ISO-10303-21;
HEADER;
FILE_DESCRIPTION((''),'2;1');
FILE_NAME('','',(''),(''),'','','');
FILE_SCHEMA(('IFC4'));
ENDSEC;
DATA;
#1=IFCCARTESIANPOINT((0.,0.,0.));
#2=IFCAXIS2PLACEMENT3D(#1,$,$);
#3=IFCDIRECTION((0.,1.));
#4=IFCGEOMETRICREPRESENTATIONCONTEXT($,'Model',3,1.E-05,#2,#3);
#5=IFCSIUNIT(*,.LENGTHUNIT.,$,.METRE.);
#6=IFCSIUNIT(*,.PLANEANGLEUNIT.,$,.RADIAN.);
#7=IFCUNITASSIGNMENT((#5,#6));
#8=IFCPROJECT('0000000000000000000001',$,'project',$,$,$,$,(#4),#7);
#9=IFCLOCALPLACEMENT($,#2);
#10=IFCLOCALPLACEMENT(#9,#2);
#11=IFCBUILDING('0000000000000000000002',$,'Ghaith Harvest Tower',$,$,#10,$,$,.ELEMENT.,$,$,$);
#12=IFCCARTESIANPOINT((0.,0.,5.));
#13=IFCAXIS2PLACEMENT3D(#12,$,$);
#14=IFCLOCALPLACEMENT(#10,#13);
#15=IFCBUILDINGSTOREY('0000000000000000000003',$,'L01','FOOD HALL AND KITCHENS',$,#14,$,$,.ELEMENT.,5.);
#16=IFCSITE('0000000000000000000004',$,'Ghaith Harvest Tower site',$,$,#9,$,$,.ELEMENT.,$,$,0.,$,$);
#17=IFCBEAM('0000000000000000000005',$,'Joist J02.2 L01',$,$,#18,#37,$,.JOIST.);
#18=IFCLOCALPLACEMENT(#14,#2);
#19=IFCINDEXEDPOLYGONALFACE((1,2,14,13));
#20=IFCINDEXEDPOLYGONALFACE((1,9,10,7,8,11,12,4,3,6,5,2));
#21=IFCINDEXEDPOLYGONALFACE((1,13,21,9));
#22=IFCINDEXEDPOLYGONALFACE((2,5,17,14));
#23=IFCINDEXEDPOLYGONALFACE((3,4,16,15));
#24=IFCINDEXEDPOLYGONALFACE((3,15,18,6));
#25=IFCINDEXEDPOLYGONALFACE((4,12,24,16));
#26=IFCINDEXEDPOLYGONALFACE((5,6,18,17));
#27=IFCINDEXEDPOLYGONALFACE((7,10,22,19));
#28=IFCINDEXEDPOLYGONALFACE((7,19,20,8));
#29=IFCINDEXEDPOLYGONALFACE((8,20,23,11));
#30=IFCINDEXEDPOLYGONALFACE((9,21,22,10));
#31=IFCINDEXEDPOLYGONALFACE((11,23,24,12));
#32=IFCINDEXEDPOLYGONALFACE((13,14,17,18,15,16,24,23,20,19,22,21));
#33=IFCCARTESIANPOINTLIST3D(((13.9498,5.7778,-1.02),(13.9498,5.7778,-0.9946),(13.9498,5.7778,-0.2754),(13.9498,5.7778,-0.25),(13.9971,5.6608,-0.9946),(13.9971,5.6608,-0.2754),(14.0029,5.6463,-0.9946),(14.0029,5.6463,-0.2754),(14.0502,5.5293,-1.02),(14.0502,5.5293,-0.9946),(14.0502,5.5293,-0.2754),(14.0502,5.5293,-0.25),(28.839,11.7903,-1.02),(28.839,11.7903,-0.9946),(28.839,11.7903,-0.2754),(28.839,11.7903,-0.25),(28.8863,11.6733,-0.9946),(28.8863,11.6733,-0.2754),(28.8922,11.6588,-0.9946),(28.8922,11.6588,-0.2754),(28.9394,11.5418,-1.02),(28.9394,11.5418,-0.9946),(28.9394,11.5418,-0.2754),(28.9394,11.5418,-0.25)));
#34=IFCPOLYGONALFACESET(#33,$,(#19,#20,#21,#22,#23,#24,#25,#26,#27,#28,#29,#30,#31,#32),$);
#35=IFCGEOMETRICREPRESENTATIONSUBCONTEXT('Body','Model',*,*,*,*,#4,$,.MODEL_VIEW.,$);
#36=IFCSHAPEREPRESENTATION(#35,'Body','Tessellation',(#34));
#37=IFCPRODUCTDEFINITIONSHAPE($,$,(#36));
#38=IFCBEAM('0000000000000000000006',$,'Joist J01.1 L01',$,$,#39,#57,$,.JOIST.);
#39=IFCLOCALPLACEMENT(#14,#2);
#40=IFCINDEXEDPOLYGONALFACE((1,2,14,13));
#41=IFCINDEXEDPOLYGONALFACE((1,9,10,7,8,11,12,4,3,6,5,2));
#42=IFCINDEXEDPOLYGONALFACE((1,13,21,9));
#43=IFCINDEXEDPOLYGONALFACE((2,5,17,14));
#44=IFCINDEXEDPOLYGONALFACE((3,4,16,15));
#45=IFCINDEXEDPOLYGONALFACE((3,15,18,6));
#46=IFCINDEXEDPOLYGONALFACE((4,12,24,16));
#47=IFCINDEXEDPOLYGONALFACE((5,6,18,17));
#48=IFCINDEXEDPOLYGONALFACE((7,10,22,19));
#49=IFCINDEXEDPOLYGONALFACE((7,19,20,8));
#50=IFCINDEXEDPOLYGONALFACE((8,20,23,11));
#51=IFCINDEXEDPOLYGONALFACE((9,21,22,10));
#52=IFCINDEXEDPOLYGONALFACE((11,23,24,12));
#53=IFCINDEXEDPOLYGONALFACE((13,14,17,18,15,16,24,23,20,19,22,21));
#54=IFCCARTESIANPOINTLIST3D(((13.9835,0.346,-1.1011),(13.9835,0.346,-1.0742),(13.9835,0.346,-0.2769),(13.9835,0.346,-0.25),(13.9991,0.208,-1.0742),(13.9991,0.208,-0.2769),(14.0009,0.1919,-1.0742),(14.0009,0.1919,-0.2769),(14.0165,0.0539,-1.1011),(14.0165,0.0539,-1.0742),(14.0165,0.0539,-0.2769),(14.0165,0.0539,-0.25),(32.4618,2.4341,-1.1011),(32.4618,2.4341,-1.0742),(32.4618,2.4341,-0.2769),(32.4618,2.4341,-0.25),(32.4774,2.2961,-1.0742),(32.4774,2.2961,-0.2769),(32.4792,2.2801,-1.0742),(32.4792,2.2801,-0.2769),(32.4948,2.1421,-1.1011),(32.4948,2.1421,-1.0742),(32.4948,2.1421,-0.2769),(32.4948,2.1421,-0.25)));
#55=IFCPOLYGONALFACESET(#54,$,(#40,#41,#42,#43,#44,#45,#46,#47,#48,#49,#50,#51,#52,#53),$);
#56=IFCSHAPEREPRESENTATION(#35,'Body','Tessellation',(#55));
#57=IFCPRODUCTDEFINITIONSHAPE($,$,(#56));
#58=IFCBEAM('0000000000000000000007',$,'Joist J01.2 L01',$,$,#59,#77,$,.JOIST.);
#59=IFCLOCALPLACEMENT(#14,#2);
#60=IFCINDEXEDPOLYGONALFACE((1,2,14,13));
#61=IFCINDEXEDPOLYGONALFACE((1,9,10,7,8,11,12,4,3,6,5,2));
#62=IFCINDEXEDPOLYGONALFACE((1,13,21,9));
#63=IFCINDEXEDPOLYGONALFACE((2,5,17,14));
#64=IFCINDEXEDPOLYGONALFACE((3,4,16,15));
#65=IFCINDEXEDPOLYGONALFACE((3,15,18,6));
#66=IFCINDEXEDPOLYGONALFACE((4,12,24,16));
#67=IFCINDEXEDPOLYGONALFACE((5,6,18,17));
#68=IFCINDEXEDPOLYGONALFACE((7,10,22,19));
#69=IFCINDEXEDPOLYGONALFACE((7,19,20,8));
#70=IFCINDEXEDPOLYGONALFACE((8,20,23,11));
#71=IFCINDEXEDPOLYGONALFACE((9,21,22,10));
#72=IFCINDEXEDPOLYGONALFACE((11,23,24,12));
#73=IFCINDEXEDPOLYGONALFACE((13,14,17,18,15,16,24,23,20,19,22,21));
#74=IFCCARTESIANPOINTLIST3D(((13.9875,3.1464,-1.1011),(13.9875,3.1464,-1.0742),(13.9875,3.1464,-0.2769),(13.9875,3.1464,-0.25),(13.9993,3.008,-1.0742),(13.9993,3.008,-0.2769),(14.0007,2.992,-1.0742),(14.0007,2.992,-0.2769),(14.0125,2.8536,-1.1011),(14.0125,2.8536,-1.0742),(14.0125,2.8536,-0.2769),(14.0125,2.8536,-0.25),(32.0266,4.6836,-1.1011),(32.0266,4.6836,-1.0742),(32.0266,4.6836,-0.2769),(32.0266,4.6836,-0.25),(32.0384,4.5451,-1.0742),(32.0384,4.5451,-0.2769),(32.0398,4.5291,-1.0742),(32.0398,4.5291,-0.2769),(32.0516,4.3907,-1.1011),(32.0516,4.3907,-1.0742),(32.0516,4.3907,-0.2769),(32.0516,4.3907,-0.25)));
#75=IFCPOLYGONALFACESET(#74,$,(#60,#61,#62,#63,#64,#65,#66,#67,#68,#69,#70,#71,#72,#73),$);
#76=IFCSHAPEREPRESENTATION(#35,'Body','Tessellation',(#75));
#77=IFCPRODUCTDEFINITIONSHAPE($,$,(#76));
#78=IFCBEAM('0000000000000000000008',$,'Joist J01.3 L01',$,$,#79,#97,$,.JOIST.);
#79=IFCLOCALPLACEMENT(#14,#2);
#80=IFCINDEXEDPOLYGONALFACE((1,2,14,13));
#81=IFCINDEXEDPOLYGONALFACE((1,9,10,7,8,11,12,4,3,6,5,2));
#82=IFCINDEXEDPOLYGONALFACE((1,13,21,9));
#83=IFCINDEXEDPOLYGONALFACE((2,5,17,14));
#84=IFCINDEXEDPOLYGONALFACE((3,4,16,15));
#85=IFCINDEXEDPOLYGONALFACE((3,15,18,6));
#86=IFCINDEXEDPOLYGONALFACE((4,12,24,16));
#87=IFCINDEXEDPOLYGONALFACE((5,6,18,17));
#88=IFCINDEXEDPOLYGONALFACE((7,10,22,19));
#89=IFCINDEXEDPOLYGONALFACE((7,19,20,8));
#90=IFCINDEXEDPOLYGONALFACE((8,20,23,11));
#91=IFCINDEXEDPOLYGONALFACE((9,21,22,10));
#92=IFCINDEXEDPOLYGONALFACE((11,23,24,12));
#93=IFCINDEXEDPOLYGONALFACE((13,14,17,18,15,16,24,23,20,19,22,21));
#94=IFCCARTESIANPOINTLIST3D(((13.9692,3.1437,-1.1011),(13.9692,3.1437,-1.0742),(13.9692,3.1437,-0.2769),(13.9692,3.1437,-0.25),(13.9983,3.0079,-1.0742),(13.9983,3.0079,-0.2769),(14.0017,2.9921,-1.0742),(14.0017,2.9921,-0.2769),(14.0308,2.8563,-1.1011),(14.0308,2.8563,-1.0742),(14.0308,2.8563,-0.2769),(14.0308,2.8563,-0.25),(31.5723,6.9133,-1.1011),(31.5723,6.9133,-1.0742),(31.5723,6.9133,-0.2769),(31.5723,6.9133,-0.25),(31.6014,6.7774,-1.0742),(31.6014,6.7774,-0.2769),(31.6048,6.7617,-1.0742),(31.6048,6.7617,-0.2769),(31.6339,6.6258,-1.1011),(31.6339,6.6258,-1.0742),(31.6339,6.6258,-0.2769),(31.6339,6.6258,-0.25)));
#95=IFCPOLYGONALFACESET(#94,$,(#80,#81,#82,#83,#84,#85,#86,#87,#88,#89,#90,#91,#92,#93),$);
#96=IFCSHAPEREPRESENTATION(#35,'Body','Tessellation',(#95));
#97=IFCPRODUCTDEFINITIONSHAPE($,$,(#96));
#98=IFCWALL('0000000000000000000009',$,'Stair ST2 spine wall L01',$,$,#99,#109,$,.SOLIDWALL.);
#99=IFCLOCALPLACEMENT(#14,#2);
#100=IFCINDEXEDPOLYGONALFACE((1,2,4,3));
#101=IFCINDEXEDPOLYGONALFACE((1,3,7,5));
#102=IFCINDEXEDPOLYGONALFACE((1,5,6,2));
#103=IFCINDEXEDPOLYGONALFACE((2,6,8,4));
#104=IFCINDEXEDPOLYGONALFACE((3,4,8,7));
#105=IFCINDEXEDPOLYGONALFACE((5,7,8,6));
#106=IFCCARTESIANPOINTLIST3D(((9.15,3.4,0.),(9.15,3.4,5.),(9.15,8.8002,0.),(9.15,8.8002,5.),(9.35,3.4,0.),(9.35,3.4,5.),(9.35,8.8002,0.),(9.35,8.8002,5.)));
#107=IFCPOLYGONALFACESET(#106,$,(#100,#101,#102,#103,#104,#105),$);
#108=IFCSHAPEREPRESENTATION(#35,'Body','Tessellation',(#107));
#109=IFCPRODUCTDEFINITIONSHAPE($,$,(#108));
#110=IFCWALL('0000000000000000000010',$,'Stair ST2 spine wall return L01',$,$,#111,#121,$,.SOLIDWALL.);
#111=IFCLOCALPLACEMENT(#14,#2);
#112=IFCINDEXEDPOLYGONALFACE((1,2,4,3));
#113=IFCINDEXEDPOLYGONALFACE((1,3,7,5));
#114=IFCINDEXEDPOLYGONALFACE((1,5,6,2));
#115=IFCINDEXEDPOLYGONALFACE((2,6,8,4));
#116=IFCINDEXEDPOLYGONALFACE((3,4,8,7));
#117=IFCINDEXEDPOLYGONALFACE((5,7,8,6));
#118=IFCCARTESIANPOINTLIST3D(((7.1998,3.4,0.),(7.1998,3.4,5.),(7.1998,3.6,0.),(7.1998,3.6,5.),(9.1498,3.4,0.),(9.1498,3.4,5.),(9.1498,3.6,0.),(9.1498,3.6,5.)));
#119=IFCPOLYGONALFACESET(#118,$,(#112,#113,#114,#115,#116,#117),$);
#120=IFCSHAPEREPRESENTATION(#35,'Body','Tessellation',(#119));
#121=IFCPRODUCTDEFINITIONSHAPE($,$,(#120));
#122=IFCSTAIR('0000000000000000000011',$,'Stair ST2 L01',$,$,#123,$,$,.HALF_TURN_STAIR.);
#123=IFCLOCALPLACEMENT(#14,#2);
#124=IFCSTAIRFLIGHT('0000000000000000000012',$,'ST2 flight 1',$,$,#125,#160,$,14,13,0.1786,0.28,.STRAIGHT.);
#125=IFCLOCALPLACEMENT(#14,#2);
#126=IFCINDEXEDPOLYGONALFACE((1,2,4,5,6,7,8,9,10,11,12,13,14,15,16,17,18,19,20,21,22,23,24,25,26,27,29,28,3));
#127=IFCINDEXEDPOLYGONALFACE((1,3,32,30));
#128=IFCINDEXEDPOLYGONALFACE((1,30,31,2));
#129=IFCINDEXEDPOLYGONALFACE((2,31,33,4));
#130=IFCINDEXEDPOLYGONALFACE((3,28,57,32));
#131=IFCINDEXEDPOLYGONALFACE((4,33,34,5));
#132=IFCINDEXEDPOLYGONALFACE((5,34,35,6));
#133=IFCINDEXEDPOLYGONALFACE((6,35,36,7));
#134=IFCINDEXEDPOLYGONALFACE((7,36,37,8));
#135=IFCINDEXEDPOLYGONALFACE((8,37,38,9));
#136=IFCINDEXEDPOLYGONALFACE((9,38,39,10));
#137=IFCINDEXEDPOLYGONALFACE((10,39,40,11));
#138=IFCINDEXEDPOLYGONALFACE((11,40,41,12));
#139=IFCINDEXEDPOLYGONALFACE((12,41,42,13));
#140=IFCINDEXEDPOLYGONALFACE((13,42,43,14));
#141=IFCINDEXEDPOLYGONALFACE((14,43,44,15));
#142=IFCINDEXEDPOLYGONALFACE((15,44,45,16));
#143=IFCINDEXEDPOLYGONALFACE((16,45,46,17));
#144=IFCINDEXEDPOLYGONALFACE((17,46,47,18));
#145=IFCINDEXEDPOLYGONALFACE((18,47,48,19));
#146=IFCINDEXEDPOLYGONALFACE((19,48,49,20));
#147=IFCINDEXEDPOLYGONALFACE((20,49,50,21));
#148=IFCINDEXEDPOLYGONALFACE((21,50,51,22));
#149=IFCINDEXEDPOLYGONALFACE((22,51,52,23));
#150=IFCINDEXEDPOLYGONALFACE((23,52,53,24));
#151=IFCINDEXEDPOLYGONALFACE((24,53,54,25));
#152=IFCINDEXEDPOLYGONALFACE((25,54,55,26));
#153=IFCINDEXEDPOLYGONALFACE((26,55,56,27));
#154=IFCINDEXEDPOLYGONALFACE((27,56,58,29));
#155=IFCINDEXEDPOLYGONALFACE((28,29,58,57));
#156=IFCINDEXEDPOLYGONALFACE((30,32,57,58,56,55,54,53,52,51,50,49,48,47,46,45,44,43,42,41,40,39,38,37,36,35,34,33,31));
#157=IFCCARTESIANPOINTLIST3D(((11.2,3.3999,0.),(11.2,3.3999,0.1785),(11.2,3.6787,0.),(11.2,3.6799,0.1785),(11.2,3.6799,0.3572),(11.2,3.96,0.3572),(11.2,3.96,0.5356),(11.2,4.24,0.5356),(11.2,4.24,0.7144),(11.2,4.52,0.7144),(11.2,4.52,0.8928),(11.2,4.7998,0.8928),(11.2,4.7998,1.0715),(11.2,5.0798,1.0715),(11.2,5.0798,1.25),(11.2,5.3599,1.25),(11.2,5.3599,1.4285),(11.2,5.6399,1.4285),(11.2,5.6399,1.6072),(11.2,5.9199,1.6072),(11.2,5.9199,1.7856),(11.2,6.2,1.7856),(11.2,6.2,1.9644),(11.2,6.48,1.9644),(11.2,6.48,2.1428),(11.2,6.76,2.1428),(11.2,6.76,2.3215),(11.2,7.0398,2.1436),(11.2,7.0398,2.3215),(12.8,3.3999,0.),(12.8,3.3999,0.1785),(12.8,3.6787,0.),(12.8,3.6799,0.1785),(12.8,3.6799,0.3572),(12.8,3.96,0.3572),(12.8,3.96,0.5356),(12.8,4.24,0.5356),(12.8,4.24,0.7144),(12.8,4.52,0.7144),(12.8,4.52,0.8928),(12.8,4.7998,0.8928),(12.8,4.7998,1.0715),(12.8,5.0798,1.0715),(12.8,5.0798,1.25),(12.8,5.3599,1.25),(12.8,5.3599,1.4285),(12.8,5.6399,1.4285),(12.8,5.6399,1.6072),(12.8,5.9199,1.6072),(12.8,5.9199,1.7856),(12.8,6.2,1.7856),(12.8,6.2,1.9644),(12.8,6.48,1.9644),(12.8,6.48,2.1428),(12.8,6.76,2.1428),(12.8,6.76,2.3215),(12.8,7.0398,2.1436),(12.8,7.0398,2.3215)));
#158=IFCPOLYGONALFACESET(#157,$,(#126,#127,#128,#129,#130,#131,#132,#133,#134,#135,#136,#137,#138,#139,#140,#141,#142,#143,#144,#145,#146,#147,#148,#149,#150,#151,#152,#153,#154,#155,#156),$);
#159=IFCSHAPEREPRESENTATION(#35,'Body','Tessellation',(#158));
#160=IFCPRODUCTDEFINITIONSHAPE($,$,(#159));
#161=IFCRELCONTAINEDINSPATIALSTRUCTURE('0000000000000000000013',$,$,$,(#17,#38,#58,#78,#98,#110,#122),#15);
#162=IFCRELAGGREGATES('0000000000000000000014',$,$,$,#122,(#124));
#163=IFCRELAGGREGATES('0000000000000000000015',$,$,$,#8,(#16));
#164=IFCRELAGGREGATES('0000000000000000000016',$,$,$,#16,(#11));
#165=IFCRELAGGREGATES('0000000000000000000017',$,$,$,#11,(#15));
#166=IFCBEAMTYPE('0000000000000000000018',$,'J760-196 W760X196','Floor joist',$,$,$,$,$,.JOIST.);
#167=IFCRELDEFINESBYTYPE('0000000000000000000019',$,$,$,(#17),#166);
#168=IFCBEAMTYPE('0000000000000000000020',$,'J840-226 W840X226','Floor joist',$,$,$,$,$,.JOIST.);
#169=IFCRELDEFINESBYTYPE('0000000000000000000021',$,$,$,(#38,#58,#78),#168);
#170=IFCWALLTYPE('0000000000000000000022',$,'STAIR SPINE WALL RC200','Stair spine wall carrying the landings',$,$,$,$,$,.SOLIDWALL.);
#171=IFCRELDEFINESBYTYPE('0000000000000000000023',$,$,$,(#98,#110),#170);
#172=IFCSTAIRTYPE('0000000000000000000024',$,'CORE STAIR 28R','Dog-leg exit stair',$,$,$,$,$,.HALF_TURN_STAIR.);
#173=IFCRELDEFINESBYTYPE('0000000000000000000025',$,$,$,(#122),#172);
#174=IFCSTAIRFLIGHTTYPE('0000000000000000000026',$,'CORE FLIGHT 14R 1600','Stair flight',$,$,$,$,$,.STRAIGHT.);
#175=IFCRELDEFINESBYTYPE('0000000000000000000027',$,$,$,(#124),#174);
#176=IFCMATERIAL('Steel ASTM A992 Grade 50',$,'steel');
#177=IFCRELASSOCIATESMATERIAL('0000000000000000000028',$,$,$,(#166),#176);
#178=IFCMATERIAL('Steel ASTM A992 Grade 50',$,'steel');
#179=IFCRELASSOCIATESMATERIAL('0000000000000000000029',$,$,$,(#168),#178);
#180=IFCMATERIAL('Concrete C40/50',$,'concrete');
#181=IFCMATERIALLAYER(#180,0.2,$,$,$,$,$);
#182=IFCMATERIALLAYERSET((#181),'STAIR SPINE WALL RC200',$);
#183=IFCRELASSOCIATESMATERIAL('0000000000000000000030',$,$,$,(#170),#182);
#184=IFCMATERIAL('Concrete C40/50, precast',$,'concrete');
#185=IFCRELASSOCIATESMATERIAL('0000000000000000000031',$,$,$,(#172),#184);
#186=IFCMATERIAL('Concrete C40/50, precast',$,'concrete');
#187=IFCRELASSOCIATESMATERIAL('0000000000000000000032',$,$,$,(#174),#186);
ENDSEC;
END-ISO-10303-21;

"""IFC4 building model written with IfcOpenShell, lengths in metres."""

from ifc_helpers import new_model, si_unit, direction, frame, frame_2d, origin, origin_2d, place, context, subcontext, project, spatial, polyline, rectangle, i_section, outline, extrude, material, layer, layer_set, material_profile, profile_set, type_object, element, aggregate, save


model = new_model("IFC4")

# Units and contexts
model_context = context("Model", 3, precision=1e-05, world=origin(), true_north=direction((0.0, 1.0)))
body_context = subcontext(model_context, "Body", "Model", "MODEL_VIEW")
ifc_project = project(units=[si_unit("LENGTHUNIT", "METRE"), si_unit("PLANEANGLEUNIT", "RADIAN")], contexts=[model_context])

# Site, building, storey
site_placement = place(None, origin())
site = spatial("IfcSite", under=ifc_project, at=site_placement, Name="Ghaith Harvest Tower site", CompositionType="ELEMENT", RefElevation=0.0)
building_placement = place(site_placement, origin())
building = spatial("IfcBuilding", under=site, at=building_placement, Name="Ghaith Harvest Tower", CompositionType="ELEMENT")
storey_placement = place(building_placement, frame((0.0, 0.0, 5.0)))
storey = spatial("IfcBuildingStorey", under=building, at=storey_placement, Name="L01", Description="FOOD HALL AND KITCHENS", CompositionType="ELEMENT", Elevation=5.0)

# Beams
ifc_material_1 = material(Name="Steel ASTM A992 Grade 50", Category="steel")
ifc_material_profile_1 = material_profile(ifc_material_1, i_section(OverallWidth=0.2681, OverallDepth=0.77, WebThickness=0.0156, FlangeThickness=0.0254, at=origin_2d()), Name="W760X196")
ifc_profile_set_1 = profile_set([ifc_material_profile_1], Name="Steel ASTM A992 Grade 50")
beam_type_1 = type_object("IfcBeamType", Name="J760-196 W760X196", Description="Floor joist", PredefinedType="JOIST", material=ifc_profile_set_1)
beam_1_placement = place(storey_placement, frame((14.0, 5.6536, -0.635), z_axis=(0.927252, 0.374437, 0.0), x_axis=(-0.374437, 0.927252, 0.0)))
element("IfcBeam", 1, at=beam_1_placement, inside=storey, type_object=beam_type_1, Name="Joist J02.2 L01", PredefinedType="JOIST", context=body_context, shape_type="SweptSolid", body=[
    extrude(i_section(OverallWidth=0.2681, OverallDepth=0.77, WebThickness=0.0156, FlangeThickness=0.0254, at=origin_2d()), origin(), (0.0, 0.0, 1.0), 16.0574),
])
ifc_material_2 = material(Name="Steel ASTM A992 Grade 50", Category="steel")
ifc_material_profile_2 = material_profile(ifc_material_2, i_section(OverallWidth=0.2939, OverallDepth=0.8511, WebThickness=0.0161, FlangeThickness=0.0269, at=origin_2d()), Name="W840X226")
ifc_profile_set_2 = profile_set([ifc_material_profile_2], Name="Steel ASTM A992 Grade 50")
beam_type_2 = type_object("IfcBeamType", Name="J840-226 W840X226", Description="Floor joist", PredefinedType="JOIST", material=ifc_profile_set_2)
beam_2_placement = place(storey_placement, frame((14.0, 0.2, -0.6755), z_axis=(0.993675, 0.11229, 0.0), x_axis=(-0.11229, 0.993675, 0.0)))
element("IfcBeam", 2, at=beam_2_placement, inside=storey, type_object=beam_type_2, Name="Joist J01.1 L01", PredefinedType="JOIST", context=body_context, shape_type="SweptSolid", body=[
    extrude(i_section(OverallWidth=0.2939, OverallDepth=0.8511, WebThickness=0.0161, FlangeThickness=0.0269, at=origin_2d()), origin(), (0.0, 0.0, 1.0), 18.5959),
])
beam_3_placement = place(storey_placement, frame((14.0, 3.0, -0.6755), z_axis=(0.996389, 0.084902, 0.0), x_axis=(-0.084902, 0.996389, 0.0)))
element("IfcBeam", 3, at=beam_3_placement, inside=storey, type_object=beam_type_2, Name="Joist J01.2 L01", PredefinedType="JOIST", context=body_context, shape_type="SweptSolid", body=[
    extrude(i_section(OverallWidth=0.2939, OverallDepth=0.8511, WebThickness=0.0161, FlangeThickness=0.0269, at=origin_2d()), origin(), (0.0, 0.0, 1.0), 18.1045),
])
beam_4_placement = place(storey_placement, frame((14.0, 3.0, -0.6755), z_axis=(0.977831, 0.209394, 0.0), x_axis=(-0.209394, 0.977831, 0.0)))
element("IfcBeam", 4, at=beam_4_placement, inside=storey, type_object=beam_type_2, Name="Joist J01.3 L01", PredefinedType="JOIST", context=body_context, shape_type="SweptSolid", body=[
    extrude(i_section(OverallWidth=0.2939, OverallDepth=0.8511, WebThickness=0.0161, FlangeThickness=0.0269, at=origin_2d()), origin(), (0.0, 0.0, 1.0), 18.0022),
])

# Walls
ifc_material_3 = material(Name="Concrete C40/50", Category="concrete")
ifc_layer_1 = layer(ifc_material_3, 0.2)
ifc_layer_set_1 = layer_set([ifc_layer_1], Name="STAIR SPINE WALL RC200")
wall_type_1 = type_object("IfcWallType", Name="STAIR SPINE WALL RC200", Description="Stair spine wall carrying the landings", PredefinedType="SOLIDWALL", material=ifc_layer_set_1)
wall_1_placement = place(storey_placement, frame((9.25, 3.3999, 0.0), z_axis=(0.0, 0.0, 1.0), x_axis=(0.0, 1.0, 0.0)))
element("IfcWall", 5, at=wall_1_placement, inside=storey, type_object=wall_type_1, Name="Stair ST2 spine wall L01", PredefinedType="SOLIDWALL", context=body_context, shape_type="SweptSolid", body=[
    extrude(rectangle(XDim=5.4001, YDim=0.2, at=frame_2d((2.7002, 0.0))), origin(), (0.0, 0.0, 1.0), 5.0),
])
wall_2_placement = place(storey_placement, frame((9.1499, 3.5, 0.0), z_axis=(0.0, 0.0, 1.0), x_axis=(-1.0, 0.0, 0.0)))
element("IfcWall", 6, at=wall_2_placement, inside=storey, type_object=wall_type_1, Name="Stair ST2 spine wall return L01", PredefinedType="SOLIDWALL", context=body_context, shape_type="SweptSolid", body=[
    extrude(rectangle(XDim=1.95, YDim=0.2, at=frame_2d((0.9751, 0.0))), origin(), (0.0, 0.0, 1.0), 5.0),
])

# Stair, stair flight
ifc_material_4 = material(Name="Concrete C40/50, precast", Category="concrete")
stair_type = type_object("IfcStairType", Name="CORE STAIR 28R", Description="Dog-leg exit stair", PredefinedType="HALF_TURN_STAIR", material=ifc_material_4)
stair_placement = place(storey_placement, origin())
stair = element("IfcStair", 7, at=stair_placement, inside=storey, type_object=stair_type, Name="Stair ST2 L01", PredefinedType="HALF_TURN_STAIR")
ifc_material_5 = material(Name="Concrete C40/50, precast", Category="concrete")
stair_flight_type = type_object("IfcStairFlightType", Name="CORE FLIGHT 14R 1600", Description="Stair flight", PredefinedType="STRAIGHT", material=ifc_material_5)
stair_flight_1_placement = place(storey_placement, frame((12.0, 3.3999, 0.0), z_axis=(0.0, 0.0, 1.0), x_axis=(0.0, 1.0, 0.0)))
stair_flight_1 = element("IfcStairFlight", 8, at=stair_flight_1_placement, type_object=stair_flight_type, Name="ST2 flight 1", NumberOfRisers=14, NumberOfTreads=13, PredefinedType="STRAIGHT", RiserHeight=0.1786, TreadLength=0.28, context=body_context, shape_type="SweptSolid", body=[
    extrude(outline(polyline([(0.0, 0.0), (0.0, 0.1785), (0.28, 0.1785), (0.28, 0.3572), (0.5601, 0.3572), (0.5601, 0.5356), (0.8401, 0.5356), (0.8401, 0.7144), (1.1201, 0.7144), (1.1201, 0.8928), (1.3999, 0.8928), (1.3999, 1.0715), (1.6799, 1.0715), (1.6799, 1.25), (1.96, 1.25), (1.96, 1.4285), (2.24, 1.4285), (2.24, 1.6072), (2.52, 1.6072), (2.52, 1.7856), (2.8, 1.7856), (2.8, 1.9644), (3.0801, 1.9644), (3.0801, 2.1428), (3.3601, 2.1428), (3.3601, 2.3215), (3.6399, 2.3215), (3.6399, 2.5), (3.6399, 2.1436), (0.2788, 0.0), (0.0, 0.0)])), frame((0.0, 0.8, 0.0), z_axis=(0.0, -1.0, 0.0), x_axis=(1.0, 0.0, 0.0)), (0.0, 0.0, 1.0), 1.6001),
])
aggregate(stair, [stair_flight_1])

save(model, "model.ifc")
